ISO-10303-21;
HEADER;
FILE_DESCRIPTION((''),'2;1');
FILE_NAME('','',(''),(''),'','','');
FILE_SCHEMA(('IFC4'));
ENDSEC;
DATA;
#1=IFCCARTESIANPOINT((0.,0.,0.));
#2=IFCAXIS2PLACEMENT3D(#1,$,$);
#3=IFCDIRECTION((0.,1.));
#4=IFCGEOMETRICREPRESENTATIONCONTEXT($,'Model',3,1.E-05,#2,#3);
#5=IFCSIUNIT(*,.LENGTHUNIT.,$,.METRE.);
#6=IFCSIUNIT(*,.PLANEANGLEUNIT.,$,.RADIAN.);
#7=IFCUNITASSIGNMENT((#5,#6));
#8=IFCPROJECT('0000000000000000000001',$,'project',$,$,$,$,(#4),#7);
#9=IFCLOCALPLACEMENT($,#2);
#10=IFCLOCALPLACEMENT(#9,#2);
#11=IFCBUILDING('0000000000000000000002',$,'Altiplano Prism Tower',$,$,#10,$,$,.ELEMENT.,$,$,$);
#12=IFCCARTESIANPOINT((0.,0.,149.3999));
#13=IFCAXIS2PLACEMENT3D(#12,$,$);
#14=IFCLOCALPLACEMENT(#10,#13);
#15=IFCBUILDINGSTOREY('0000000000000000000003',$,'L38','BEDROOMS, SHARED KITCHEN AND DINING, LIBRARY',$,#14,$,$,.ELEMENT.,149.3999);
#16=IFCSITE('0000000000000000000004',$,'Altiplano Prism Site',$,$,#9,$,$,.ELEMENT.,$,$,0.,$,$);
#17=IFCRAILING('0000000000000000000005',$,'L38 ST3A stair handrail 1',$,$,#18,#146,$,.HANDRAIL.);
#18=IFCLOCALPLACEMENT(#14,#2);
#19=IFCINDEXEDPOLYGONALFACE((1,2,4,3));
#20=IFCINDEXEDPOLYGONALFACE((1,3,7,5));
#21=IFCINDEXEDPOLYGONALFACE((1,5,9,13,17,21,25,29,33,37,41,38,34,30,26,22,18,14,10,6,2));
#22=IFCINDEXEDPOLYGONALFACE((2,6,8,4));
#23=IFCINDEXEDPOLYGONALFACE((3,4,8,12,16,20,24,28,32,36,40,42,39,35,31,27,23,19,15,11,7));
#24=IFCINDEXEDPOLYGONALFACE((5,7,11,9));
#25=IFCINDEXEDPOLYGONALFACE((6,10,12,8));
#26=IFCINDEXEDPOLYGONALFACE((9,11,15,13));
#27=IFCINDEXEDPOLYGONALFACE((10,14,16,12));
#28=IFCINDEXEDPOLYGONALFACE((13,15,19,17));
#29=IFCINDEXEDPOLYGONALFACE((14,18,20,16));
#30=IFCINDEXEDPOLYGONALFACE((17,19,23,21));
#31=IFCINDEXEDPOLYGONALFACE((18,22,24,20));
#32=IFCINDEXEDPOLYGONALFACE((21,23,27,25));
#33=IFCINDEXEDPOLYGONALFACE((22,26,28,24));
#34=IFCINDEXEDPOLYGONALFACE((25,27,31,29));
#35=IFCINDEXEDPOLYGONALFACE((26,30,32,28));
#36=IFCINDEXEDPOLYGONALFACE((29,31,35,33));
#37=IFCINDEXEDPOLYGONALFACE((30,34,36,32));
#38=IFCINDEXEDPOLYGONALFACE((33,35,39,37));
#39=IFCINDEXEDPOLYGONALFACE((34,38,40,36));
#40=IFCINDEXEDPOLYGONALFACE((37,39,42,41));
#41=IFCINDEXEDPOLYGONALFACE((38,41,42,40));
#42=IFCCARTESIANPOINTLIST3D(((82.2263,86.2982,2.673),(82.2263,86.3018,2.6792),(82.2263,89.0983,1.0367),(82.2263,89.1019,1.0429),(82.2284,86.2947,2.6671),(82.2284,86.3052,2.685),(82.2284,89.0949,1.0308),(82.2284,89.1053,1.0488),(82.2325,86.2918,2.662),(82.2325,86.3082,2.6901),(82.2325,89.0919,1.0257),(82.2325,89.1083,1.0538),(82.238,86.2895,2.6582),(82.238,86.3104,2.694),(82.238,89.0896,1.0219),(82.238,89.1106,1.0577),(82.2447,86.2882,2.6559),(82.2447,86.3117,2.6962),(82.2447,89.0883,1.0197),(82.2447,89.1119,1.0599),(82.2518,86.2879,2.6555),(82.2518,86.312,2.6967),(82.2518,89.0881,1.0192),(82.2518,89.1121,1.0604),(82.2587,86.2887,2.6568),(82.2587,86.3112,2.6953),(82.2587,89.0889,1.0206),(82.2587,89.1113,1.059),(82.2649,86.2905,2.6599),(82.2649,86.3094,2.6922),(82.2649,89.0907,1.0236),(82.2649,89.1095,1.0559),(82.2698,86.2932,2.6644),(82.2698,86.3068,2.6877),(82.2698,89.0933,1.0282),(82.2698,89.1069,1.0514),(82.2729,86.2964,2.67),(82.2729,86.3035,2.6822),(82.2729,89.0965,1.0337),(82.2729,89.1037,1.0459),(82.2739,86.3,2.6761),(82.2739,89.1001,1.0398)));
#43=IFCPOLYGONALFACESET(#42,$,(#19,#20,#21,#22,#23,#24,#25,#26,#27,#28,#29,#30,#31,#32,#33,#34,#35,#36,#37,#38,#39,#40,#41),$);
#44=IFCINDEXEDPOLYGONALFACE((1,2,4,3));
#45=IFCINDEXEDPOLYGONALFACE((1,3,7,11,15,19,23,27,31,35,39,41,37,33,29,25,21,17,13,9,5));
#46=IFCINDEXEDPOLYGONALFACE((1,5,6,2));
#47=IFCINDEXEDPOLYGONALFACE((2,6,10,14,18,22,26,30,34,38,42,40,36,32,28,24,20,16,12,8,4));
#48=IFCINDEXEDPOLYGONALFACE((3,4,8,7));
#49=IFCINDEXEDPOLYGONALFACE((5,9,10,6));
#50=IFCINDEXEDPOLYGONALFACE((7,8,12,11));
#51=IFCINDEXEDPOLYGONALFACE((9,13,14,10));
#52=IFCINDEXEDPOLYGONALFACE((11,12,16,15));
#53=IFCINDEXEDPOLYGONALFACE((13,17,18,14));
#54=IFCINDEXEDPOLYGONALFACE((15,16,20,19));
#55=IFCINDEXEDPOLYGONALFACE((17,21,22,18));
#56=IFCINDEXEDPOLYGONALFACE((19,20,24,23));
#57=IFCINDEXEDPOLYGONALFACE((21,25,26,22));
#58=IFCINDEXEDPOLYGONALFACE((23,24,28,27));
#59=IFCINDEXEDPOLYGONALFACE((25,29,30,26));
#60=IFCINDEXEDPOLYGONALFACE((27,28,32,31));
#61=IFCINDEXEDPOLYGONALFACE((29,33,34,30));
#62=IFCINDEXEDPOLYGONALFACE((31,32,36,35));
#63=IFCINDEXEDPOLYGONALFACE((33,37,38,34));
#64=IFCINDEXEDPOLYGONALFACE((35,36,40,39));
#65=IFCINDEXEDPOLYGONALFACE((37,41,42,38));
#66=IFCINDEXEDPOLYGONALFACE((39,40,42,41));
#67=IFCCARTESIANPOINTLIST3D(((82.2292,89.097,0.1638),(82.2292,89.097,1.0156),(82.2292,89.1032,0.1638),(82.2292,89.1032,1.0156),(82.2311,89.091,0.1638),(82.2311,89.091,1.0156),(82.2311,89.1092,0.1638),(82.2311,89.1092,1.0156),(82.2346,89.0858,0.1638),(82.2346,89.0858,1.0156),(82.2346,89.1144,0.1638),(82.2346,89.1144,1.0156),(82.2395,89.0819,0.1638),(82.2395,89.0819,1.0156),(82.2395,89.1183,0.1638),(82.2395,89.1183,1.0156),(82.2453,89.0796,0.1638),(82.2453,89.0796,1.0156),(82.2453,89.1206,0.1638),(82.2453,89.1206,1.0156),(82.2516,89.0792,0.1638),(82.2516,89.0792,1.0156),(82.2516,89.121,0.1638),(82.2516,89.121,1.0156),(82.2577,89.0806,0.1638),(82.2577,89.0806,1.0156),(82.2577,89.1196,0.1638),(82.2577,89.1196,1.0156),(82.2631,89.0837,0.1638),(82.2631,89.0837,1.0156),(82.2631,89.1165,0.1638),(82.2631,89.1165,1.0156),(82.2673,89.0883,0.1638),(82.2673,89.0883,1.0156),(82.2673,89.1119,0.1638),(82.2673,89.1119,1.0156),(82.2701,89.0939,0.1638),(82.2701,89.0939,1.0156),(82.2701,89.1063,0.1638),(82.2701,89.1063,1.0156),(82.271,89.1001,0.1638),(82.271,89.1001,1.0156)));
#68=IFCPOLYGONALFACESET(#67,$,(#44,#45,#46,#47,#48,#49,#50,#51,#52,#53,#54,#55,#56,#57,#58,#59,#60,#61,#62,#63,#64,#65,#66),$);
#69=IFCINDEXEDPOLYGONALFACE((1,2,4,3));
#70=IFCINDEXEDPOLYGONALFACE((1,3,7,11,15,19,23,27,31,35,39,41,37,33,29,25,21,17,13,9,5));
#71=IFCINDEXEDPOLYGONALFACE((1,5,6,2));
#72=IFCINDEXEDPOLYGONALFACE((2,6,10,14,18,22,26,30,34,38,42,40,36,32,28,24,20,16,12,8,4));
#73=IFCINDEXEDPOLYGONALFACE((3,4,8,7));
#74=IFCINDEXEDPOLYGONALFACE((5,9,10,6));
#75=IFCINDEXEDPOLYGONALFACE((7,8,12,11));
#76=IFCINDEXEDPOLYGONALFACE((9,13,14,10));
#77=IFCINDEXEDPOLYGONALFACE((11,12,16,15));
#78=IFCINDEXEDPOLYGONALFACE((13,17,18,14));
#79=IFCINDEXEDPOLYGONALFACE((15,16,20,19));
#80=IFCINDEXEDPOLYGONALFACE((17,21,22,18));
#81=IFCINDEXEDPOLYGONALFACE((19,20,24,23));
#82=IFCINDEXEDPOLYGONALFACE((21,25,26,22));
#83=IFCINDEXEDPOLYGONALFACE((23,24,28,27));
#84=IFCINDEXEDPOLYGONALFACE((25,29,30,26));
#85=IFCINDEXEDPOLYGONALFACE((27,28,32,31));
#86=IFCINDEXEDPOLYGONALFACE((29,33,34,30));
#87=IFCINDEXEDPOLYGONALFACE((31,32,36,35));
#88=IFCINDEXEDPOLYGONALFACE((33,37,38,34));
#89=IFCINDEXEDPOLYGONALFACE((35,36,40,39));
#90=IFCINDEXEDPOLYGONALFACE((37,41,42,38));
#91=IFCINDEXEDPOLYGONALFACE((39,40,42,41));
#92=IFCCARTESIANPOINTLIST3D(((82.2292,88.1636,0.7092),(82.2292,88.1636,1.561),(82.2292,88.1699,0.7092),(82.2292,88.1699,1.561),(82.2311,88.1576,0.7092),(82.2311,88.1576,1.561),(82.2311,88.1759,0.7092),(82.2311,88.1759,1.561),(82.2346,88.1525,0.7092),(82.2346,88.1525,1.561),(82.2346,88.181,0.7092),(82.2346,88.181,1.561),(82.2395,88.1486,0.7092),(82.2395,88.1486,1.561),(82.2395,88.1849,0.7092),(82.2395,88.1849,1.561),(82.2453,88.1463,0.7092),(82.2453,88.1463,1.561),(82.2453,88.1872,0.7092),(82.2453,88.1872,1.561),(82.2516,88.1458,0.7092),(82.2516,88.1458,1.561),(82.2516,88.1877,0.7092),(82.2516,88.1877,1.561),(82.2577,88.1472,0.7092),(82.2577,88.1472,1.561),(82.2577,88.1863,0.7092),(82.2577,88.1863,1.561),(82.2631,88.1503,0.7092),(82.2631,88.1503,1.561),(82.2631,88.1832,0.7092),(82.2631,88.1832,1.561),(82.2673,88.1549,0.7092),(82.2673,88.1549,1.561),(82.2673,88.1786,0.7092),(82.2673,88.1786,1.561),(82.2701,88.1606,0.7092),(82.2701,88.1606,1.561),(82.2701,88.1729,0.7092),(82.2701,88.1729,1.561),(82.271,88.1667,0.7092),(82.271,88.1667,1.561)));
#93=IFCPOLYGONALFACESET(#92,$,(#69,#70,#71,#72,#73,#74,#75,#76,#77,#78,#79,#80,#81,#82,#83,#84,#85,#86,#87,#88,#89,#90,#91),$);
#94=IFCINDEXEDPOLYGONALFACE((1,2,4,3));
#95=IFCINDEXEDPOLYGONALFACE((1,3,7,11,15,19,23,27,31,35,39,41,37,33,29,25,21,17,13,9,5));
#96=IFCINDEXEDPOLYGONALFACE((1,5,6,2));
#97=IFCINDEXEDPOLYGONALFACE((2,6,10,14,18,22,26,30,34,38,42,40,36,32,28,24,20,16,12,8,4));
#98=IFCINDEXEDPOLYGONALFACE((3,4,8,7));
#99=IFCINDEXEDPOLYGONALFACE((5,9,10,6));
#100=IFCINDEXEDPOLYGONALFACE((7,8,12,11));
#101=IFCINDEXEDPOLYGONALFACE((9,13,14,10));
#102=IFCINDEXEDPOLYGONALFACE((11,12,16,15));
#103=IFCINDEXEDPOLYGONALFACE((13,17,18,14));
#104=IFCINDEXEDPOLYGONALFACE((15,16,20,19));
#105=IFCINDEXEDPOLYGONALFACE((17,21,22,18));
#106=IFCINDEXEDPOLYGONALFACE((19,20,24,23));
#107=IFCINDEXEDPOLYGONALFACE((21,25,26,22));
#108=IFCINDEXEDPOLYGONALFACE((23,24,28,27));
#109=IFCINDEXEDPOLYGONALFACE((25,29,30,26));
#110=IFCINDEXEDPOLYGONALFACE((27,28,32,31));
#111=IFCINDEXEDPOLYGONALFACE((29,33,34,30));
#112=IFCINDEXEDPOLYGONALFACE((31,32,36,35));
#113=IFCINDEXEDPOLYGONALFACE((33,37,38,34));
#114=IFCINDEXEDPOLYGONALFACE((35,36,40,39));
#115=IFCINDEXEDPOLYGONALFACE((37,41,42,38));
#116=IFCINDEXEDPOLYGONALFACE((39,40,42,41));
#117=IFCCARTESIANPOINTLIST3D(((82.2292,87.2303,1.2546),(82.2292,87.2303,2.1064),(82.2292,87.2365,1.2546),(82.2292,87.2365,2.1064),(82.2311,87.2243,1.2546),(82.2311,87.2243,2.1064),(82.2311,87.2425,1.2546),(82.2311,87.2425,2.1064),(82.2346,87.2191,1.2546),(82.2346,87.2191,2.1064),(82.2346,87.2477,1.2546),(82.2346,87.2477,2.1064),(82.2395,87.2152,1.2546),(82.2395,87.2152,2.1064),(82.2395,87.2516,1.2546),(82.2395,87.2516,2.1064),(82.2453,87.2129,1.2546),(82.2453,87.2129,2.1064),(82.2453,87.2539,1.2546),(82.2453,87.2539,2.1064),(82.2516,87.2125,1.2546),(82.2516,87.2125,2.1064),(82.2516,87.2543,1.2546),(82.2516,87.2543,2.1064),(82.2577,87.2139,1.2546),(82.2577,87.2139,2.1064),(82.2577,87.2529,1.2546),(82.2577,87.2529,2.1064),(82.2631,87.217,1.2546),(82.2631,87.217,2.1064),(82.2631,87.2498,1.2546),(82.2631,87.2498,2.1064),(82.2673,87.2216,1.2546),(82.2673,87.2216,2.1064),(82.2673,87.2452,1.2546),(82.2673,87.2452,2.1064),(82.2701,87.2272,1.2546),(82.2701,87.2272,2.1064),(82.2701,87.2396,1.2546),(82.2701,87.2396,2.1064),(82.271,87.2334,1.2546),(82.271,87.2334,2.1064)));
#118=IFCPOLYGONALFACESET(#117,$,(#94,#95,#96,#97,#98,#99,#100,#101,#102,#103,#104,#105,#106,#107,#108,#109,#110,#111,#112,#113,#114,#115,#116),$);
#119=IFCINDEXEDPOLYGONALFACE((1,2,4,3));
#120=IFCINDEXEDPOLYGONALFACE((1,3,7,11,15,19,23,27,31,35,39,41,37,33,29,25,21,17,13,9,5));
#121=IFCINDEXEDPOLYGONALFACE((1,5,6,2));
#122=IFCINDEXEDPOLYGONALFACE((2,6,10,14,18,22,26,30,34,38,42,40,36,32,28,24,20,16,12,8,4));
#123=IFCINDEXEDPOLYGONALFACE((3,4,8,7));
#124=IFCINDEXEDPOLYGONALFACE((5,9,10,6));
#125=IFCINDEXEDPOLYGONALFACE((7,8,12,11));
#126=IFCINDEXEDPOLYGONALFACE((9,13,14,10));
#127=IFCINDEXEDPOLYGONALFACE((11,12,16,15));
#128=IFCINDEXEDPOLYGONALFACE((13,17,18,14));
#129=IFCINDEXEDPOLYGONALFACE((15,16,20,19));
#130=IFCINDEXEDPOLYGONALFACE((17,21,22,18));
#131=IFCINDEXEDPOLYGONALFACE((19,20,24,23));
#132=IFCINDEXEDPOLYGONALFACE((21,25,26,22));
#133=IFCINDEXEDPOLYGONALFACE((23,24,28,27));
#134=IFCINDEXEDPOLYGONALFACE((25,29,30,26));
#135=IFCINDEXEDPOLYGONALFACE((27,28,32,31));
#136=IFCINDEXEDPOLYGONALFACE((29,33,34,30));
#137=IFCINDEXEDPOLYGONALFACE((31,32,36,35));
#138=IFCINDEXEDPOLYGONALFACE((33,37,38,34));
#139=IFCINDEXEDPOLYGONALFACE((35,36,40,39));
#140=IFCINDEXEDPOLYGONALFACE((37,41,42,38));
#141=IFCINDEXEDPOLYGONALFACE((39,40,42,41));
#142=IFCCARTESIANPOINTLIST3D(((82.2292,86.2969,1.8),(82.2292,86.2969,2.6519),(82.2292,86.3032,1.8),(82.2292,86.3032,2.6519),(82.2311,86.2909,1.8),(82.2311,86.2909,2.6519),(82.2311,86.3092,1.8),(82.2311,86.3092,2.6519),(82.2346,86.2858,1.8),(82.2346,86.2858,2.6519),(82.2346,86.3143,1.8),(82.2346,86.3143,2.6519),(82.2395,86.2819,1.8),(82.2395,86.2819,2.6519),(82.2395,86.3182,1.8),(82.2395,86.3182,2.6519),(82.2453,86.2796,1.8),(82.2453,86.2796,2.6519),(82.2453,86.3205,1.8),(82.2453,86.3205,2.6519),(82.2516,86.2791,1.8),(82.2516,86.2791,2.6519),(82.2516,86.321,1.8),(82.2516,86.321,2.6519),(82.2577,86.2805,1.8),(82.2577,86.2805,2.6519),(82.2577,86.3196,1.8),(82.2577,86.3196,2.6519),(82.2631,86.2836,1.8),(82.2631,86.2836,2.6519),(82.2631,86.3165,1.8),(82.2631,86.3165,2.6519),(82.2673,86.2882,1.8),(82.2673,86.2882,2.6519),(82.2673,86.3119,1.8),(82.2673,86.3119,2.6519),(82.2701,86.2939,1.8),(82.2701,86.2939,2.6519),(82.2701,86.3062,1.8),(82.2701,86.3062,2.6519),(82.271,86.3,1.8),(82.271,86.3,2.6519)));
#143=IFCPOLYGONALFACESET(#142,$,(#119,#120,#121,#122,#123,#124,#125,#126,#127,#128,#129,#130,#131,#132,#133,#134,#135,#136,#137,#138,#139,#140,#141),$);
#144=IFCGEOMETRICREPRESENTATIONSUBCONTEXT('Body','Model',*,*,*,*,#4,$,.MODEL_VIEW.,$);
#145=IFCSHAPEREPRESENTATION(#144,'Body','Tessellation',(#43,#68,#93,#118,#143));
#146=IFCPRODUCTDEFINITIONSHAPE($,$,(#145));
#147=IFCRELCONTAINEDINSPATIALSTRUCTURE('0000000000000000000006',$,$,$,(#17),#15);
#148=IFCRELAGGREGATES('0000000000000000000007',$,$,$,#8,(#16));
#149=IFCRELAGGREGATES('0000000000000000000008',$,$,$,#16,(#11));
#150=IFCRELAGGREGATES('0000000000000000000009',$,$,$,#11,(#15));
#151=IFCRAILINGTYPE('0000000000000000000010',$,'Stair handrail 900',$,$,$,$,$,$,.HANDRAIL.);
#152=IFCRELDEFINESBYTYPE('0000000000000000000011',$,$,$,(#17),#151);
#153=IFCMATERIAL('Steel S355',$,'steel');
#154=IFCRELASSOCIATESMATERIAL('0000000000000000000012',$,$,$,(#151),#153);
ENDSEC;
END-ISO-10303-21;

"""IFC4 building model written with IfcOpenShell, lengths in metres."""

from ifc_helpers import new_model, si_unit, direction, frame, origin, origin_2d, place, context, subcontext, project, spatial, circle, extrude, material, type_object, element, save


model = new_model("IFC4")

# Units and contexts
model_context = context("Model", 3, precision=1e-05, world=origin(), true_north=direction((0.0, 1.0)))
body_context = subcontext(model_context, "Body", "Model", "MODEL_VIEW")
ifc_project = project(units=[si_unit("LENGTHUNIT", "METRE"), si_unit("PLANEANGLEUNIT", "RADIAN")], contexts=[model_context])

# Site, building, storey
site_placement = place(None, origin())
site = spatial("IfcSite", under=ifc_project, at=site_placement, Name="Altiplano Prism Site", CompositionType="ELEMENT", RefElevation=0.0)
building_placement = place(site_placement, origin())
building = spatial("IfcBuilding", under=site, at=building_placement, Name="Altiplano Prism Tower", CompositionType="ELEMENT")
storey_placement = place(building_placement, frame((0.0, 0.0, 149.3999)))
storey = spatial("IfcBuildingStorey", under=building, at=storey_placement, Name="L38", Description="BEDROOMS, SHARED KITCHEN AND DINING, LIBRARY", CompositionType="ELEMENT", Elevation=149.3999)

# Railing
ifc_material_1 = material(Name="Steel S355", Category="steel")
railing_type_1 = type_object("IfcRailingType", Name="Stair handrail 900", PredefinedType="HANDRAIL", material=ifc_material_1)
for number, where, name in (
    (1, (82.25, 89.1001, 0.1638), "L38 ST3A stair handrail 1"),
):
    element("IfcRailing", number, at=place(storey_placement, frame(where)), inside=storey, type_object=railing_type_1, Name=name, PredefinedType="HANDRAIL", context=body_context, shape_type="SweptSolid", body=[
        extrude(circle(Radius=0.0239, at=origin_2d()), frame((0.0, 0.0, 0.876), z_axis=(0.0, -0.863394, 0.504531), x_axis=(1.0, 0.0, 0.0)), (0.0, 0.0, 1.0), 3.2432),
        extrude(circle(Radius=0.021, at=origin_2d()), origin(), (0.0, 0.0, 1.0), 0.8518),
        extrude(circle(Radius=0.021, at=origin_2d()), frame((0.0, -0.9333, 0.5454)), (0.0, 0.0, 1.0), 0.8518),
        extrude(circle(Radius=0.021, at=origin_2d()), frame((0.0, -1.8667, 1.0908)), (0.0, 0.0, 1.0), 0.8518),
        extrude(circle(Radius=0.021, at=origin_2d()), frame((0.0, -2.8, 1.6362)), (0.0, 0.0, 1.0), 0.8518),
    ])

save(model, "model.ifc")
